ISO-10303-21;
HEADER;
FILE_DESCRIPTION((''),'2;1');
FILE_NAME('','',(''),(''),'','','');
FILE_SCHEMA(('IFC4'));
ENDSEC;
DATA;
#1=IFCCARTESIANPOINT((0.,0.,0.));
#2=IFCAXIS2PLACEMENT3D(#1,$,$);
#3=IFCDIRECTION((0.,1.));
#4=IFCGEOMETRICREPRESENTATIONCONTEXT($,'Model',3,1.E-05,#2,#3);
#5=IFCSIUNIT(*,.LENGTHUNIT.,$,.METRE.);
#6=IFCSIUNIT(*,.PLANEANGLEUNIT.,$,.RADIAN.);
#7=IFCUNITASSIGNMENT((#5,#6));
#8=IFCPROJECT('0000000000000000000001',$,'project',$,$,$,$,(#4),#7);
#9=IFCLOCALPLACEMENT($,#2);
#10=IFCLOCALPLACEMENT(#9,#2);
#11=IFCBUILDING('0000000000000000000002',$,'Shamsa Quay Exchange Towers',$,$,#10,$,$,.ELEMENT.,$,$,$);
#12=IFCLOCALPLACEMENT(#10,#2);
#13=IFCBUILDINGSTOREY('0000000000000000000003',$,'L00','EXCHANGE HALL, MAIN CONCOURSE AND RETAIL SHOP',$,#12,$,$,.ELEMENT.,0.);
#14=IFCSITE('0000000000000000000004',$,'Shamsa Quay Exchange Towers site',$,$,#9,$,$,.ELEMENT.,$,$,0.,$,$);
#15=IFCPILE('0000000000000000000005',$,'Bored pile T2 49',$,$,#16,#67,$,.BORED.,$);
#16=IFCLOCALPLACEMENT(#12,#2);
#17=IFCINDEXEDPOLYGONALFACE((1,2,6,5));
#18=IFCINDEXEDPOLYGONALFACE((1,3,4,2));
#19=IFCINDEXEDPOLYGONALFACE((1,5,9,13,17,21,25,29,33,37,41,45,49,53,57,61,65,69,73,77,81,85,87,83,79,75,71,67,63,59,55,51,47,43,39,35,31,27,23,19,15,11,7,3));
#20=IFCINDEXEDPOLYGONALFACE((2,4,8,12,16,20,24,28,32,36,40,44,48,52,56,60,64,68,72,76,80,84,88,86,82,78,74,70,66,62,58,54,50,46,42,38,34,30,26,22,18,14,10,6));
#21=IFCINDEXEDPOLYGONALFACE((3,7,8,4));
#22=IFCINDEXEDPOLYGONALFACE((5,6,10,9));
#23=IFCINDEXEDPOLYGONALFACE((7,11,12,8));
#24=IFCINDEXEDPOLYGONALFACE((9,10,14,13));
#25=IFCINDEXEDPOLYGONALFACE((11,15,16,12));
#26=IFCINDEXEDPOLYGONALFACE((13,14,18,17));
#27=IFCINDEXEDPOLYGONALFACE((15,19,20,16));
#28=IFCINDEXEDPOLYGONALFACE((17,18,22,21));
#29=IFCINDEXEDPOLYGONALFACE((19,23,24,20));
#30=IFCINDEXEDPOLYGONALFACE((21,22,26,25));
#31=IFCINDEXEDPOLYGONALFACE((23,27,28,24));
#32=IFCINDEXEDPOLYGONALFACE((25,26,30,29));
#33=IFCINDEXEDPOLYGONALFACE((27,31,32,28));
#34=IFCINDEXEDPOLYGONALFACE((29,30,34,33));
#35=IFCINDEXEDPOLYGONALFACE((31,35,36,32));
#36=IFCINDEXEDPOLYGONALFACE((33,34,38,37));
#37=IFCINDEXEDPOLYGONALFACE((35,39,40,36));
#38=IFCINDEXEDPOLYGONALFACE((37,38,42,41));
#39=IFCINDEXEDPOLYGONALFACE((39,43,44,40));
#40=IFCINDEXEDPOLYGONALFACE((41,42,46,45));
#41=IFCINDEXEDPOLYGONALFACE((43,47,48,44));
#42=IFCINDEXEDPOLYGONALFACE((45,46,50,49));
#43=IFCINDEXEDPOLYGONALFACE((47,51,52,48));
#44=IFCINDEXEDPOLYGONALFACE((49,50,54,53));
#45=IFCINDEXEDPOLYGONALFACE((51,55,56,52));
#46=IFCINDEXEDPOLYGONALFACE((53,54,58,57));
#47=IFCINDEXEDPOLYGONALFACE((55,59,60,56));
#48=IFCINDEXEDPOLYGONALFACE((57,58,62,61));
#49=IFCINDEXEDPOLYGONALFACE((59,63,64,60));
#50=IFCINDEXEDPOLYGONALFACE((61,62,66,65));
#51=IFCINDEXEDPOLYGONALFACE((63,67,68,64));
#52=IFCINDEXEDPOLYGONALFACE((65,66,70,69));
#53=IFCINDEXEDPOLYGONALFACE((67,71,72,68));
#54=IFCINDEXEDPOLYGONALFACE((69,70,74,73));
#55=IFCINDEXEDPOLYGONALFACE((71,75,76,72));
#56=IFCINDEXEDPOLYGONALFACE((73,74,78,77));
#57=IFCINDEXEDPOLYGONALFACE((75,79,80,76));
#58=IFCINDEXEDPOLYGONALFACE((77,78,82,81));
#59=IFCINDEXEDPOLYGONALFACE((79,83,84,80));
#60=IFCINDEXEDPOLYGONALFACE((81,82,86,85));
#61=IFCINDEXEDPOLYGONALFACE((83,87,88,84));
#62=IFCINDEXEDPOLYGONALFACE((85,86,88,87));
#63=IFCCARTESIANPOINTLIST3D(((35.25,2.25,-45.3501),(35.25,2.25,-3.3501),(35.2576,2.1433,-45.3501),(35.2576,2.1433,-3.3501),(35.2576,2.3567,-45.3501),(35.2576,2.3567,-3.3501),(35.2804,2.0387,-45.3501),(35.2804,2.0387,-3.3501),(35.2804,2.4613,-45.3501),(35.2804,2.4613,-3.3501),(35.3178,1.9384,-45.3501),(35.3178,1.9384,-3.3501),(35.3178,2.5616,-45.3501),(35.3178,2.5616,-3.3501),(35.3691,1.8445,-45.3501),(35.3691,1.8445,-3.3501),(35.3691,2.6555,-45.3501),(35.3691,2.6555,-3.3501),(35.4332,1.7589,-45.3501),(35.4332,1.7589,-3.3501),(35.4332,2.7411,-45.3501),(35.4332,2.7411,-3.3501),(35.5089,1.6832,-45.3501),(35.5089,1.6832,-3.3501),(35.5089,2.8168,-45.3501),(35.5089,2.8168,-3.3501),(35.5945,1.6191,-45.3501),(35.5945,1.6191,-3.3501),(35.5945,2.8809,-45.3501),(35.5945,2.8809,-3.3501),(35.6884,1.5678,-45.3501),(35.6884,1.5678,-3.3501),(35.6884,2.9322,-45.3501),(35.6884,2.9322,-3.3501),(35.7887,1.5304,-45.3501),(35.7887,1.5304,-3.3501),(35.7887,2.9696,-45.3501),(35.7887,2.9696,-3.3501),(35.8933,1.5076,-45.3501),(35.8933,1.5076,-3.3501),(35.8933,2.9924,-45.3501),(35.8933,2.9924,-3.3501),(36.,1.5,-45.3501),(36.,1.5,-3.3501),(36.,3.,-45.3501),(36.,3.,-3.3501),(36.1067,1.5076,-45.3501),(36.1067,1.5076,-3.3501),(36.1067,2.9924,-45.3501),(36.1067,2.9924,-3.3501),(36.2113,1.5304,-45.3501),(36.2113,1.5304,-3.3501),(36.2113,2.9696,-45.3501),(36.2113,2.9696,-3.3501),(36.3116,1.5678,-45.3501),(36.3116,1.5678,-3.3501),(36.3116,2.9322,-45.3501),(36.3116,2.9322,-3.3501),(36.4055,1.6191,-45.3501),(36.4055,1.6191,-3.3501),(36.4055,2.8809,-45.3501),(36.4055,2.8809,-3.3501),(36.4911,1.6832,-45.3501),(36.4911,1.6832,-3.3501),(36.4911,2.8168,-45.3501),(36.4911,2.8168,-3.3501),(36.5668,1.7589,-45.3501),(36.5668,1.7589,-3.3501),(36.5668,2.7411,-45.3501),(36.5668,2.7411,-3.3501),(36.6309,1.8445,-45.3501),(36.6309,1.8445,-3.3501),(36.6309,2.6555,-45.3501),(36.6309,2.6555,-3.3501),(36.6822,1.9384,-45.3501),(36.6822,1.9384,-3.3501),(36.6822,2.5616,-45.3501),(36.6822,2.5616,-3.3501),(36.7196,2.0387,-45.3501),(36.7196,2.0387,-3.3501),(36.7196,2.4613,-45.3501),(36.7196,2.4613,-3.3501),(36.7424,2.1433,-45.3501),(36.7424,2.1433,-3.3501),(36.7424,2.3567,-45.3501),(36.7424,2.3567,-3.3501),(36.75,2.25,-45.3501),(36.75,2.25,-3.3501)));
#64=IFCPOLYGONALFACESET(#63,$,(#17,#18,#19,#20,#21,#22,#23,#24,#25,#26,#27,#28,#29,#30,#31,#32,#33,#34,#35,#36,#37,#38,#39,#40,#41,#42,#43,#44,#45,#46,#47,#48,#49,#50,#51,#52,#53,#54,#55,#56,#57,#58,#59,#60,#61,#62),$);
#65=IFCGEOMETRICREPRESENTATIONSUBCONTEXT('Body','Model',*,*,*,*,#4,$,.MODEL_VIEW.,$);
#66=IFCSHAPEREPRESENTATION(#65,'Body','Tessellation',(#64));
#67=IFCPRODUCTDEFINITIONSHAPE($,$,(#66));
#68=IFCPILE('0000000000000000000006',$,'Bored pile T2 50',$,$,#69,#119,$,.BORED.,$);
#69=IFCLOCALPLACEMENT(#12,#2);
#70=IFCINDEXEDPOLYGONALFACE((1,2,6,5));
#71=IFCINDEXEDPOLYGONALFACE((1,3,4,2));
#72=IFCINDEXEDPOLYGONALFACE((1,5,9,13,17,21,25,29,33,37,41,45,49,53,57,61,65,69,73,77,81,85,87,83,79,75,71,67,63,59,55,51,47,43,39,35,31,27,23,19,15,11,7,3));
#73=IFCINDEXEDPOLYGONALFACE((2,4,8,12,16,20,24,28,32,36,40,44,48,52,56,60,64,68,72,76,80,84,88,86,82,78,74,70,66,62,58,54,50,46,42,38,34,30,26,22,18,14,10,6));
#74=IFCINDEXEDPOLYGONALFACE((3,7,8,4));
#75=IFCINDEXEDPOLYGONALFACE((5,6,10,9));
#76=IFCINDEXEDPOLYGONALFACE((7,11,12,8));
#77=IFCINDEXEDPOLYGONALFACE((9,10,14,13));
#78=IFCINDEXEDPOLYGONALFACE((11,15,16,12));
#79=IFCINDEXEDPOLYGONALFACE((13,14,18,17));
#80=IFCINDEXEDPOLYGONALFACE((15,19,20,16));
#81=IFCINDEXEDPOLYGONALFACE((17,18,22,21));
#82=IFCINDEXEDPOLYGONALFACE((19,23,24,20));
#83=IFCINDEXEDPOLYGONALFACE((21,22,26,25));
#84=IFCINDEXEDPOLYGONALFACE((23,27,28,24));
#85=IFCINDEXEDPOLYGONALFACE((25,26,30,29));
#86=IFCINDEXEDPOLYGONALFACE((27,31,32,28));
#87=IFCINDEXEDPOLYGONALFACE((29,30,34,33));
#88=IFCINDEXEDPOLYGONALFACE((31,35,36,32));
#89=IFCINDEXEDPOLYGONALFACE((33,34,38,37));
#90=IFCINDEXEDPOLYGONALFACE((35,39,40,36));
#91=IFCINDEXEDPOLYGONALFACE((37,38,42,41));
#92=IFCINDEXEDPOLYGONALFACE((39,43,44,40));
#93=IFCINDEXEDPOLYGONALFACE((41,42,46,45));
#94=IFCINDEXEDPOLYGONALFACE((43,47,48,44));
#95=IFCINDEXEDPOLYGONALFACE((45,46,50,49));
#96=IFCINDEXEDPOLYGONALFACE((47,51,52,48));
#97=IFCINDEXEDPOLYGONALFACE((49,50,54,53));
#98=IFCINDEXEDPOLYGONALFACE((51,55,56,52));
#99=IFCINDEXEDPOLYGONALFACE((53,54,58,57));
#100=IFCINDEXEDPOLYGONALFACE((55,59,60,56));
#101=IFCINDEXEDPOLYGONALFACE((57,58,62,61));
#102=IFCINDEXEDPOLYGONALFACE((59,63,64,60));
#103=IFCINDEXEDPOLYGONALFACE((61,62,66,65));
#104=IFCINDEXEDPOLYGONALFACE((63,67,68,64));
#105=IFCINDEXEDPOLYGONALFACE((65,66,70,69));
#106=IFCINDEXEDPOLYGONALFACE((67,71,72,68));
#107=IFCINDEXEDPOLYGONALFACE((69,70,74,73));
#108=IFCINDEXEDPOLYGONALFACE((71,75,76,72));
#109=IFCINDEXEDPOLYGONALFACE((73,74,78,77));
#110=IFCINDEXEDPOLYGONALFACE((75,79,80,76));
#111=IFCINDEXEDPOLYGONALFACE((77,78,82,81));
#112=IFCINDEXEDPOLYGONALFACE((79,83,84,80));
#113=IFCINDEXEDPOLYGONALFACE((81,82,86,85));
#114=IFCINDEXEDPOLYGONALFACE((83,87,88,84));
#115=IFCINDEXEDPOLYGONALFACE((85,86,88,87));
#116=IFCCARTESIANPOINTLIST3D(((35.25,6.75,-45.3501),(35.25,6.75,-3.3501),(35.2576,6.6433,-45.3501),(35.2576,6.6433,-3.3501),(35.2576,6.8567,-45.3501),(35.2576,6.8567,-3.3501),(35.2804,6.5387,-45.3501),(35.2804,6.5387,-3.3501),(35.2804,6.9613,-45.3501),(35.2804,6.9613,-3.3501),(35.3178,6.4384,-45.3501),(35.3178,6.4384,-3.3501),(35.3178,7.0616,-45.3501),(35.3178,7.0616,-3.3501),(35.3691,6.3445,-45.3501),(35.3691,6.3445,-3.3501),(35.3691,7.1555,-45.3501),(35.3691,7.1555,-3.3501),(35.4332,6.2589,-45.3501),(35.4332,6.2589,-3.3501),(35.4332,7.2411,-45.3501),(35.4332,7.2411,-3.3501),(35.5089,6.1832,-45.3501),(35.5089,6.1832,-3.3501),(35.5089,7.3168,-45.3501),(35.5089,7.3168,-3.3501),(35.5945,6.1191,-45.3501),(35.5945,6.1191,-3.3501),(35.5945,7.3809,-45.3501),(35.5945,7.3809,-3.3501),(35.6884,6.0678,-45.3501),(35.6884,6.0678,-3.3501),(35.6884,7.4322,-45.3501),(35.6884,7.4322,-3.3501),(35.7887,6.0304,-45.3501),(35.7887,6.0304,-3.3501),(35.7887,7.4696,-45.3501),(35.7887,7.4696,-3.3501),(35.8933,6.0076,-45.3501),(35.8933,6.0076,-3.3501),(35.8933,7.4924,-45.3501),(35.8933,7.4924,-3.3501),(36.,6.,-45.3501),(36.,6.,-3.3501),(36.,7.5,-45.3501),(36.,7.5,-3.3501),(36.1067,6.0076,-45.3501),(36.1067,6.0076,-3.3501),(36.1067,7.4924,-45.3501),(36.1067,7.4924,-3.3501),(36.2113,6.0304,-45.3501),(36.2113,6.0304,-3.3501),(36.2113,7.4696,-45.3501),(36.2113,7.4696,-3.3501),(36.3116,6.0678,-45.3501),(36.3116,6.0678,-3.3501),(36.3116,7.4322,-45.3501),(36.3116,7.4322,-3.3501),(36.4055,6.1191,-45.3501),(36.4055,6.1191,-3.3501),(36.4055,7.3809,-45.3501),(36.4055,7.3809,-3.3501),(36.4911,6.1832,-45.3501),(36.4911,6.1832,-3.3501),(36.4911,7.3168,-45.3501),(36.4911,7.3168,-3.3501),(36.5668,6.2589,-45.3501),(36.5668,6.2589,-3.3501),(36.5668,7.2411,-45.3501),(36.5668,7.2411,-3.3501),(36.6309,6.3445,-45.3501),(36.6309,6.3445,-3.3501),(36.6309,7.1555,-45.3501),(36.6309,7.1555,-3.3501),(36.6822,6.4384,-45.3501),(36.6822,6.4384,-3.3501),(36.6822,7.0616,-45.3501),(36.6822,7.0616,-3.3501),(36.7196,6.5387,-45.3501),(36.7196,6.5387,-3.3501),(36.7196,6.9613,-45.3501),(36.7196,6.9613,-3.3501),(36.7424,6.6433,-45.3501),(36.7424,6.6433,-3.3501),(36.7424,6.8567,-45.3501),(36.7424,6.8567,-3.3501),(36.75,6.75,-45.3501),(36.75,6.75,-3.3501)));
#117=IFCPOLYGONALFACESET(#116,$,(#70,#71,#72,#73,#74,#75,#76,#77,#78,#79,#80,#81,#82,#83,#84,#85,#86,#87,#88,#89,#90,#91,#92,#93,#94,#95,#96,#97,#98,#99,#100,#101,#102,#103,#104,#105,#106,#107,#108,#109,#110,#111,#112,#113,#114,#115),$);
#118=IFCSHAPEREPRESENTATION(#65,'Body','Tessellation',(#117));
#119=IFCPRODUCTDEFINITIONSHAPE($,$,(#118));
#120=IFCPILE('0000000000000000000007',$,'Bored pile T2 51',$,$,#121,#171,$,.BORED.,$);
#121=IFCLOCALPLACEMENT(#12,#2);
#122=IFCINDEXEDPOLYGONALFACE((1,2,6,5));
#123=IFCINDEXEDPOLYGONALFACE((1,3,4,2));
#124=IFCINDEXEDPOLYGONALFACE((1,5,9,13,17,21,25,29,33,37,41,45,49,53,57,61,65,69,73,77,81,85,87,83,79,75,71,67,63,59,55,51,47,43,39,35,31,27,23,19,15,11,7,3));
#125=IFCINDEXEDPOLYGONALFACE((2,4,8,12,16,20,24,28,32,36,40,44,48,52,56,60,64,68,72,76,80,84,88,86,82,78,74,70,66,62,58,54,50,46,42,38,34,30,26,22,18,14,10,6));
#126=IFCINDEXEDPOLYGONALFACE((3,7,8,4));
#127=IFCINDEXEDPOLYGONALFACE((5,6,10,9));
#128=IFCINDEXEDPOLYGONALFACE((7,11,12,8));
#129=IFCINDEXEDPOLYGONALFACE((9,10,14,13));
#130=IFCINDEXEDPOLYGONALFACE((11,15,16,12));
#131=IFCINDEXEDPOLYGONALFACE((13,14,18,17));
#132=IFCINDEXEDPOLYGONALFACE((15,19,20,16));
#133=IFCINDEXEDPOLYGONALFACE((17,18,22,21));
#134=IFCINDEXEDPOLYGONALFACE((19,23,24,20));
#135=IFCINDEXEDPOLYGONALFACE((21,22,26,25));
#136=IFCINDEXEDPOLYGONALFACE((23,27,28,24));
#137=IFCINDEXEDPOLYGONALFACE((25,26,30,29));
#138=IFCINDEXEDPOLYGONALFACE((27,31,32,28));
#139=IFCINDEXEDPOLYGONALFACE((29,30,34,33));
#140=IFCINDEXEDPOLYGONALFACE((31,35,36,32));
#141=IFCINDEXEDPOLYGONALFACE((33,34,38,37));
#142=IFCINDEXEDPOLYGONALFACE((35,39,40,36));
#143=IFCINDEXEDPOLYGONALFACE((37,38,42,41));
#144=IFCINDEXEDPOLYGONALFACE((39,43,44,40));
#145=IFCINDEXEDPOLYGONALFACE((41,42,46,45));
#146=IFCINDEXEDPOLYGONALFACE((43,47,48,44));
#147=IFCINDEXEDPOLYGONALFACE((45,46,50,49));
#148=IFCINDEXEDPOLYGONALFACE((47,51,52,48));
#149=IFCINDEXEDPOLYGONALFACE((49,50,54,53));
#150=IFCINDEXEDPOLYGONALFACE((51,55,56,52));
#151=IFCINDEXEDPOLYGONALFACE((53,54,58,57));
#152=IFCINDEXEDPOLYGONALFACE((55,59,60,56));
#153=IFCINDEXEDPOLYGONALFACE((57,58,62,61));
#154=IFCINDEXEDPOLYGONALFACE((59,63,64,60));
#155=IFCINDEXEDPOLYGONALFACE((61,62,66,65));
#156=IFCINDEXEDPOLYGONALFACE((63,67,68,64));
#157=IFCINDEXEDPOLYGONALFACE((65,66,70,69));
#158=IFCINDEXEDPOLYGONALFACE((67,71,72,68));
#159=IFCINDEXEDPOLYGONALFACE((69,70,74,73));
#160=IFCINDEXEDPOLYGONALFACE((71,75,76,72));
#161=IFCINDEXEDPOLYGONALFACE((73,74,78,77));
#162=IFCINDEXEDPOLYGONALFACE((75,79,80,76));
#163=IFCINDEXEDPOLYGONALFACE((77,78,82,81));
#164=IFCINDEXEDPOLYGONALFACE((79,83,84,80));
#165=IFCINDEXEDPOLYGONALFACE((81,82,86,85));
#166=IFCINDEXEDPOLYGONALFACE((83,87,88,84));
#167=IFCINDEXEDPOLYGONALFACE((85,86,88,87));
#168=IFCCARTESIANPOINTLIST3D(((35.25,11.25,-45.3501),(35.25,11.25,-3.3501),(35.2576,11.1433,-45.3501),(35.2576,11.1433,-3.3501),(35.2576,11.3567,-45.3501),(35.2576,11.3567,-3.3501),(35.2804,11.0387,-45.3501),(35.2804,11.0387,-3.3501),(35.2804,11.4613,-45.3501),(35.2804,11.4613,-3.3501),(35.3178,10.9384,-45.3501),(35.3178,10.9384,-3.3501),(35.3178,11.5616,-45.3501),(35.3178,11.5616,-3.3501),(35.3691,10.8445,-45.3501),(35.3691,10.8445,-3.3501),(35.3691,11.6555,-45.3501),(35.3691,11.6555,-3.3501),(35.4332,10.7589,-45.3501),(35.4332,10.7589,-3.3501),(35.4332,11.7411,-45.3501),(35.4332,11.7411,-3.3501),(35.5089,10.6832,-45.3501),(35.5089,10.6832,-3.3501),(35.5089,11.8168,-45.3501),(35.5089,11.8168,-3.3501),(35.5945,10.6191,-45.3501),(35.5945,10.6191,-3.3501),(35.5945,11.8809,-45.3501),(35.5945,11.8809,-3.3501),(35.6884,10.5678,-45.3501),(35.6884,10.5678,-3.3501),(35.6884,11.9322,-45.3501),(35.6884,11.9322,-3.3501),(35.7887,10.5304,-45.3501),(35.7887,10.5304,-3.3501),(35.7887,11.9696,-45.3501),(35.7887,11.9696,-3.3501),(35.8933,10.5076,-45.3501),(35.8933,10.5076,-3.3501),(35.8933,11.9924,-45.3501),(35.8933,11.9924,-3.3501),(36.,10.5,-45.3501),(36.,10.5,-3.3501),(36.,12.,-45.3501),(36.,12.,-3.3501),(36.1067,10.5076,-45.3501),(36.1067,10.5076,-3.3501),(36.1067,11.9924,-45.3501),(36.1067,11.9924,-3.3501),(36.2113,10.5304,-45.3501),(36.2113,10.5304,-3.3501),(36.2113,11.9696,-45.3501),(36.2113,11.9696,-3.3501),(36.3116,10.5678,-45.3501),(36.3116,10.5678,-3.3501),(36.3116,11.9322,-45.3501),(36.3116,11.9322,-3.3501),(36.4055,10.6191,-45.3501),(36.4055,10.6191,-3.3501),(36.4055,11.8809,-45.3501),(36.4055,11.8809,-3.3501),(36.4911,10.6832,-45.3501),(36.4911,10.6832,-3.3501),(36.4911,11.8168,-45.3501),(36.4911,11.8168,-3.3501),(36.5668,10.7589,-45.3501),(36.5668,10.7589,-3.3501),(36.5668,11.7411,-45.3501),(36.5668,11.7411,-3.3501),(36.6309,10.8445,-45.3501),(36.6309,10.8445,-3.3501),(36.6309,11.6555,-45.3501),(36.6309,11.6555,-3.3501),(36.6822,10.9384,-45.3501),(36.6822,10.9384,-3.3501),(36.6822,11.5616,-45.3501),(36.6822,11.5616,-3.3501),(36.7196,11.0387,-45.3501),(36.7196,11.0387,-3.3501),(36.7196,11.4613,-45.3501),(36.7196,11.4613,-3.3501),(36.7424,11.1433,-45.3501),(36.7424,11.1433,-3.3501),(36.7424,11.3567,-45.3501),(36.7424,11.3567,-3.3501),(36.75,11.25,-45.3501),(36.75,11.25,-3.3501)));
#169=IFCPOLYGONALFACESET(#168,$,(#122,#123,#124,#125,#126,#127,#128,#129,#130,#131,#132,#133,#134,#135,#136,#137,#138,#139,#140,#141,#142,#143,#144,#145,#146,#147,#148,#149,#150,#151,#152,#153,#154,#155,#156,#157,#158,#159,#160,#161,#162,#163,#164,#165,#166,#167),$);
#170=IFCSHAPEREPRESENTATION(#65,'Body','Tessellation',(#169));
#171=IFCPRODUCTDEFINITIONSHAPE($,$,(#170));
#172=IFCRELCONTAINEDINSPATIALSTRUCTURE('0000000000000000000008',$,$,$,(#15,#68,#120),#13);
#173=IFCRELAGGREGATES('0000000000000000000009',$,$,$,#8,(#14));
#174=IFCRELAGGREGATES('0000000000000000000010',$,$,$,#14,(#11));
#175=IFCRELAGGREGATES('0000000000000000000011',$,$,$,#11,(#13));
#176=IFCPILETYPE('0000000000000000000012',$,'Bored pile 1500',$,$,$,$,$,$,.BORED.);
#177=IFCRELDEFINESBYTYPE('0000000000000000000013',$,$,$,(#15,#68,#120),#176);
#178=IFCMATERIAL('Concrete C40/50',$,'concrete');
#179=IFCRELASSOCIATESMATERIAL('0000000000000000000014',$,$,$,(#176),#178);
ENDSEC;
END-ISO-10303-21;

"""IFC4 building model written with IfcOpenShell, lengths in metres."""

from ifc_helpers import new_model, si_unit, direction, frame, origin, origin_2d, place, context, subcontext, project, spatial, circle, extrude, material, material_profile, profile_set, type_object, element, save


model = new_model("IFC4")

# Units and contexts
model_context = context("Model", 3, precision=1e-05, world=origin(), true_north=direction((0.0, 1.0)))
body_context = subcontext(model_context, "Body", "Model", "MODEL_VIEW")
ifc_project = project(units=[si_unit("LENGTHUNIT", "METRE"), si_unit("PLANEANGLEUNIT", "RADIAN")], contexts=[model_context])

# Site, building, storey
site_placement = place(None, origin())
site = spatial("IfcSite", under=ifc_project, at=site_placement, Name="Shamsa Quay Exchange Towers site", CompositionType="ELEMENT", RefElevation=0.0)
building_placement = place(site_placement, origin())
building = spatial("IfcBuilding", under=site, at=building_placement, Name="Shamsa Quay Exchange Towers", CompositionType="ELEMENT")
storey_placement = place(building_placement, origin())
storey = spatial("IfcBuildingStorey", under=building, at=storey_placement, Name="L00", Description="EXCHANGE HALL, MAIN CONCOURSE AND RETAIL SHOP", CompositionType="ELEMENT", Elevation=0.0)

# Piles
ifc_material_1 = material(Name="Concrete C40/50", Category="concrete")
ifc_material_profile_1 = material_profile(ifc_material_1, circle(Radius=0.75, at=origin_2d()), Name="BP1500")
ifc_profile_set_1 = profile_set([ifc_material_profile_1], Name="Concrete C40/50")
pile_type_1 = type_object("IfcPileType", Name="Bored pile 1500", PredefinedType="BORED", material=ifc_profile_set_1)
for number, where, z_axis, x_axis, name in (
    (1, (36.0, 2.25, -3.3501), (0.0, 0.0, -1.0), (1.0, 0.0, 0.0), "Bored pile T2 49"),
    (2, (36.0, 6.75, -3.3501), (0.0, 0.0, -1.0), (1.0, 0.0, 0.0), "Bored pile T2 50"),
    (3, (36.0, 11.25, -3.3501), (0.0, 0.0, -1.0), (1.0, 0.0, 0.0), "Bored pile T2 51"),
):
    element("IfcPile", number, at=place(storey_placement, frame(where, z_axis=z_axis, x_axis=x_axis)), inside=storey, type_object=pile_type_1, Name=name, PredefinedType="BORED", context=body_context, shape_type="SweptSolid", body=[
        extrude(circle(Radius=0.75, at=origin_2d()), origin(), (0.0, 0.0, 1.0), 42.0),
    ])

save(model, "model.ifc")
